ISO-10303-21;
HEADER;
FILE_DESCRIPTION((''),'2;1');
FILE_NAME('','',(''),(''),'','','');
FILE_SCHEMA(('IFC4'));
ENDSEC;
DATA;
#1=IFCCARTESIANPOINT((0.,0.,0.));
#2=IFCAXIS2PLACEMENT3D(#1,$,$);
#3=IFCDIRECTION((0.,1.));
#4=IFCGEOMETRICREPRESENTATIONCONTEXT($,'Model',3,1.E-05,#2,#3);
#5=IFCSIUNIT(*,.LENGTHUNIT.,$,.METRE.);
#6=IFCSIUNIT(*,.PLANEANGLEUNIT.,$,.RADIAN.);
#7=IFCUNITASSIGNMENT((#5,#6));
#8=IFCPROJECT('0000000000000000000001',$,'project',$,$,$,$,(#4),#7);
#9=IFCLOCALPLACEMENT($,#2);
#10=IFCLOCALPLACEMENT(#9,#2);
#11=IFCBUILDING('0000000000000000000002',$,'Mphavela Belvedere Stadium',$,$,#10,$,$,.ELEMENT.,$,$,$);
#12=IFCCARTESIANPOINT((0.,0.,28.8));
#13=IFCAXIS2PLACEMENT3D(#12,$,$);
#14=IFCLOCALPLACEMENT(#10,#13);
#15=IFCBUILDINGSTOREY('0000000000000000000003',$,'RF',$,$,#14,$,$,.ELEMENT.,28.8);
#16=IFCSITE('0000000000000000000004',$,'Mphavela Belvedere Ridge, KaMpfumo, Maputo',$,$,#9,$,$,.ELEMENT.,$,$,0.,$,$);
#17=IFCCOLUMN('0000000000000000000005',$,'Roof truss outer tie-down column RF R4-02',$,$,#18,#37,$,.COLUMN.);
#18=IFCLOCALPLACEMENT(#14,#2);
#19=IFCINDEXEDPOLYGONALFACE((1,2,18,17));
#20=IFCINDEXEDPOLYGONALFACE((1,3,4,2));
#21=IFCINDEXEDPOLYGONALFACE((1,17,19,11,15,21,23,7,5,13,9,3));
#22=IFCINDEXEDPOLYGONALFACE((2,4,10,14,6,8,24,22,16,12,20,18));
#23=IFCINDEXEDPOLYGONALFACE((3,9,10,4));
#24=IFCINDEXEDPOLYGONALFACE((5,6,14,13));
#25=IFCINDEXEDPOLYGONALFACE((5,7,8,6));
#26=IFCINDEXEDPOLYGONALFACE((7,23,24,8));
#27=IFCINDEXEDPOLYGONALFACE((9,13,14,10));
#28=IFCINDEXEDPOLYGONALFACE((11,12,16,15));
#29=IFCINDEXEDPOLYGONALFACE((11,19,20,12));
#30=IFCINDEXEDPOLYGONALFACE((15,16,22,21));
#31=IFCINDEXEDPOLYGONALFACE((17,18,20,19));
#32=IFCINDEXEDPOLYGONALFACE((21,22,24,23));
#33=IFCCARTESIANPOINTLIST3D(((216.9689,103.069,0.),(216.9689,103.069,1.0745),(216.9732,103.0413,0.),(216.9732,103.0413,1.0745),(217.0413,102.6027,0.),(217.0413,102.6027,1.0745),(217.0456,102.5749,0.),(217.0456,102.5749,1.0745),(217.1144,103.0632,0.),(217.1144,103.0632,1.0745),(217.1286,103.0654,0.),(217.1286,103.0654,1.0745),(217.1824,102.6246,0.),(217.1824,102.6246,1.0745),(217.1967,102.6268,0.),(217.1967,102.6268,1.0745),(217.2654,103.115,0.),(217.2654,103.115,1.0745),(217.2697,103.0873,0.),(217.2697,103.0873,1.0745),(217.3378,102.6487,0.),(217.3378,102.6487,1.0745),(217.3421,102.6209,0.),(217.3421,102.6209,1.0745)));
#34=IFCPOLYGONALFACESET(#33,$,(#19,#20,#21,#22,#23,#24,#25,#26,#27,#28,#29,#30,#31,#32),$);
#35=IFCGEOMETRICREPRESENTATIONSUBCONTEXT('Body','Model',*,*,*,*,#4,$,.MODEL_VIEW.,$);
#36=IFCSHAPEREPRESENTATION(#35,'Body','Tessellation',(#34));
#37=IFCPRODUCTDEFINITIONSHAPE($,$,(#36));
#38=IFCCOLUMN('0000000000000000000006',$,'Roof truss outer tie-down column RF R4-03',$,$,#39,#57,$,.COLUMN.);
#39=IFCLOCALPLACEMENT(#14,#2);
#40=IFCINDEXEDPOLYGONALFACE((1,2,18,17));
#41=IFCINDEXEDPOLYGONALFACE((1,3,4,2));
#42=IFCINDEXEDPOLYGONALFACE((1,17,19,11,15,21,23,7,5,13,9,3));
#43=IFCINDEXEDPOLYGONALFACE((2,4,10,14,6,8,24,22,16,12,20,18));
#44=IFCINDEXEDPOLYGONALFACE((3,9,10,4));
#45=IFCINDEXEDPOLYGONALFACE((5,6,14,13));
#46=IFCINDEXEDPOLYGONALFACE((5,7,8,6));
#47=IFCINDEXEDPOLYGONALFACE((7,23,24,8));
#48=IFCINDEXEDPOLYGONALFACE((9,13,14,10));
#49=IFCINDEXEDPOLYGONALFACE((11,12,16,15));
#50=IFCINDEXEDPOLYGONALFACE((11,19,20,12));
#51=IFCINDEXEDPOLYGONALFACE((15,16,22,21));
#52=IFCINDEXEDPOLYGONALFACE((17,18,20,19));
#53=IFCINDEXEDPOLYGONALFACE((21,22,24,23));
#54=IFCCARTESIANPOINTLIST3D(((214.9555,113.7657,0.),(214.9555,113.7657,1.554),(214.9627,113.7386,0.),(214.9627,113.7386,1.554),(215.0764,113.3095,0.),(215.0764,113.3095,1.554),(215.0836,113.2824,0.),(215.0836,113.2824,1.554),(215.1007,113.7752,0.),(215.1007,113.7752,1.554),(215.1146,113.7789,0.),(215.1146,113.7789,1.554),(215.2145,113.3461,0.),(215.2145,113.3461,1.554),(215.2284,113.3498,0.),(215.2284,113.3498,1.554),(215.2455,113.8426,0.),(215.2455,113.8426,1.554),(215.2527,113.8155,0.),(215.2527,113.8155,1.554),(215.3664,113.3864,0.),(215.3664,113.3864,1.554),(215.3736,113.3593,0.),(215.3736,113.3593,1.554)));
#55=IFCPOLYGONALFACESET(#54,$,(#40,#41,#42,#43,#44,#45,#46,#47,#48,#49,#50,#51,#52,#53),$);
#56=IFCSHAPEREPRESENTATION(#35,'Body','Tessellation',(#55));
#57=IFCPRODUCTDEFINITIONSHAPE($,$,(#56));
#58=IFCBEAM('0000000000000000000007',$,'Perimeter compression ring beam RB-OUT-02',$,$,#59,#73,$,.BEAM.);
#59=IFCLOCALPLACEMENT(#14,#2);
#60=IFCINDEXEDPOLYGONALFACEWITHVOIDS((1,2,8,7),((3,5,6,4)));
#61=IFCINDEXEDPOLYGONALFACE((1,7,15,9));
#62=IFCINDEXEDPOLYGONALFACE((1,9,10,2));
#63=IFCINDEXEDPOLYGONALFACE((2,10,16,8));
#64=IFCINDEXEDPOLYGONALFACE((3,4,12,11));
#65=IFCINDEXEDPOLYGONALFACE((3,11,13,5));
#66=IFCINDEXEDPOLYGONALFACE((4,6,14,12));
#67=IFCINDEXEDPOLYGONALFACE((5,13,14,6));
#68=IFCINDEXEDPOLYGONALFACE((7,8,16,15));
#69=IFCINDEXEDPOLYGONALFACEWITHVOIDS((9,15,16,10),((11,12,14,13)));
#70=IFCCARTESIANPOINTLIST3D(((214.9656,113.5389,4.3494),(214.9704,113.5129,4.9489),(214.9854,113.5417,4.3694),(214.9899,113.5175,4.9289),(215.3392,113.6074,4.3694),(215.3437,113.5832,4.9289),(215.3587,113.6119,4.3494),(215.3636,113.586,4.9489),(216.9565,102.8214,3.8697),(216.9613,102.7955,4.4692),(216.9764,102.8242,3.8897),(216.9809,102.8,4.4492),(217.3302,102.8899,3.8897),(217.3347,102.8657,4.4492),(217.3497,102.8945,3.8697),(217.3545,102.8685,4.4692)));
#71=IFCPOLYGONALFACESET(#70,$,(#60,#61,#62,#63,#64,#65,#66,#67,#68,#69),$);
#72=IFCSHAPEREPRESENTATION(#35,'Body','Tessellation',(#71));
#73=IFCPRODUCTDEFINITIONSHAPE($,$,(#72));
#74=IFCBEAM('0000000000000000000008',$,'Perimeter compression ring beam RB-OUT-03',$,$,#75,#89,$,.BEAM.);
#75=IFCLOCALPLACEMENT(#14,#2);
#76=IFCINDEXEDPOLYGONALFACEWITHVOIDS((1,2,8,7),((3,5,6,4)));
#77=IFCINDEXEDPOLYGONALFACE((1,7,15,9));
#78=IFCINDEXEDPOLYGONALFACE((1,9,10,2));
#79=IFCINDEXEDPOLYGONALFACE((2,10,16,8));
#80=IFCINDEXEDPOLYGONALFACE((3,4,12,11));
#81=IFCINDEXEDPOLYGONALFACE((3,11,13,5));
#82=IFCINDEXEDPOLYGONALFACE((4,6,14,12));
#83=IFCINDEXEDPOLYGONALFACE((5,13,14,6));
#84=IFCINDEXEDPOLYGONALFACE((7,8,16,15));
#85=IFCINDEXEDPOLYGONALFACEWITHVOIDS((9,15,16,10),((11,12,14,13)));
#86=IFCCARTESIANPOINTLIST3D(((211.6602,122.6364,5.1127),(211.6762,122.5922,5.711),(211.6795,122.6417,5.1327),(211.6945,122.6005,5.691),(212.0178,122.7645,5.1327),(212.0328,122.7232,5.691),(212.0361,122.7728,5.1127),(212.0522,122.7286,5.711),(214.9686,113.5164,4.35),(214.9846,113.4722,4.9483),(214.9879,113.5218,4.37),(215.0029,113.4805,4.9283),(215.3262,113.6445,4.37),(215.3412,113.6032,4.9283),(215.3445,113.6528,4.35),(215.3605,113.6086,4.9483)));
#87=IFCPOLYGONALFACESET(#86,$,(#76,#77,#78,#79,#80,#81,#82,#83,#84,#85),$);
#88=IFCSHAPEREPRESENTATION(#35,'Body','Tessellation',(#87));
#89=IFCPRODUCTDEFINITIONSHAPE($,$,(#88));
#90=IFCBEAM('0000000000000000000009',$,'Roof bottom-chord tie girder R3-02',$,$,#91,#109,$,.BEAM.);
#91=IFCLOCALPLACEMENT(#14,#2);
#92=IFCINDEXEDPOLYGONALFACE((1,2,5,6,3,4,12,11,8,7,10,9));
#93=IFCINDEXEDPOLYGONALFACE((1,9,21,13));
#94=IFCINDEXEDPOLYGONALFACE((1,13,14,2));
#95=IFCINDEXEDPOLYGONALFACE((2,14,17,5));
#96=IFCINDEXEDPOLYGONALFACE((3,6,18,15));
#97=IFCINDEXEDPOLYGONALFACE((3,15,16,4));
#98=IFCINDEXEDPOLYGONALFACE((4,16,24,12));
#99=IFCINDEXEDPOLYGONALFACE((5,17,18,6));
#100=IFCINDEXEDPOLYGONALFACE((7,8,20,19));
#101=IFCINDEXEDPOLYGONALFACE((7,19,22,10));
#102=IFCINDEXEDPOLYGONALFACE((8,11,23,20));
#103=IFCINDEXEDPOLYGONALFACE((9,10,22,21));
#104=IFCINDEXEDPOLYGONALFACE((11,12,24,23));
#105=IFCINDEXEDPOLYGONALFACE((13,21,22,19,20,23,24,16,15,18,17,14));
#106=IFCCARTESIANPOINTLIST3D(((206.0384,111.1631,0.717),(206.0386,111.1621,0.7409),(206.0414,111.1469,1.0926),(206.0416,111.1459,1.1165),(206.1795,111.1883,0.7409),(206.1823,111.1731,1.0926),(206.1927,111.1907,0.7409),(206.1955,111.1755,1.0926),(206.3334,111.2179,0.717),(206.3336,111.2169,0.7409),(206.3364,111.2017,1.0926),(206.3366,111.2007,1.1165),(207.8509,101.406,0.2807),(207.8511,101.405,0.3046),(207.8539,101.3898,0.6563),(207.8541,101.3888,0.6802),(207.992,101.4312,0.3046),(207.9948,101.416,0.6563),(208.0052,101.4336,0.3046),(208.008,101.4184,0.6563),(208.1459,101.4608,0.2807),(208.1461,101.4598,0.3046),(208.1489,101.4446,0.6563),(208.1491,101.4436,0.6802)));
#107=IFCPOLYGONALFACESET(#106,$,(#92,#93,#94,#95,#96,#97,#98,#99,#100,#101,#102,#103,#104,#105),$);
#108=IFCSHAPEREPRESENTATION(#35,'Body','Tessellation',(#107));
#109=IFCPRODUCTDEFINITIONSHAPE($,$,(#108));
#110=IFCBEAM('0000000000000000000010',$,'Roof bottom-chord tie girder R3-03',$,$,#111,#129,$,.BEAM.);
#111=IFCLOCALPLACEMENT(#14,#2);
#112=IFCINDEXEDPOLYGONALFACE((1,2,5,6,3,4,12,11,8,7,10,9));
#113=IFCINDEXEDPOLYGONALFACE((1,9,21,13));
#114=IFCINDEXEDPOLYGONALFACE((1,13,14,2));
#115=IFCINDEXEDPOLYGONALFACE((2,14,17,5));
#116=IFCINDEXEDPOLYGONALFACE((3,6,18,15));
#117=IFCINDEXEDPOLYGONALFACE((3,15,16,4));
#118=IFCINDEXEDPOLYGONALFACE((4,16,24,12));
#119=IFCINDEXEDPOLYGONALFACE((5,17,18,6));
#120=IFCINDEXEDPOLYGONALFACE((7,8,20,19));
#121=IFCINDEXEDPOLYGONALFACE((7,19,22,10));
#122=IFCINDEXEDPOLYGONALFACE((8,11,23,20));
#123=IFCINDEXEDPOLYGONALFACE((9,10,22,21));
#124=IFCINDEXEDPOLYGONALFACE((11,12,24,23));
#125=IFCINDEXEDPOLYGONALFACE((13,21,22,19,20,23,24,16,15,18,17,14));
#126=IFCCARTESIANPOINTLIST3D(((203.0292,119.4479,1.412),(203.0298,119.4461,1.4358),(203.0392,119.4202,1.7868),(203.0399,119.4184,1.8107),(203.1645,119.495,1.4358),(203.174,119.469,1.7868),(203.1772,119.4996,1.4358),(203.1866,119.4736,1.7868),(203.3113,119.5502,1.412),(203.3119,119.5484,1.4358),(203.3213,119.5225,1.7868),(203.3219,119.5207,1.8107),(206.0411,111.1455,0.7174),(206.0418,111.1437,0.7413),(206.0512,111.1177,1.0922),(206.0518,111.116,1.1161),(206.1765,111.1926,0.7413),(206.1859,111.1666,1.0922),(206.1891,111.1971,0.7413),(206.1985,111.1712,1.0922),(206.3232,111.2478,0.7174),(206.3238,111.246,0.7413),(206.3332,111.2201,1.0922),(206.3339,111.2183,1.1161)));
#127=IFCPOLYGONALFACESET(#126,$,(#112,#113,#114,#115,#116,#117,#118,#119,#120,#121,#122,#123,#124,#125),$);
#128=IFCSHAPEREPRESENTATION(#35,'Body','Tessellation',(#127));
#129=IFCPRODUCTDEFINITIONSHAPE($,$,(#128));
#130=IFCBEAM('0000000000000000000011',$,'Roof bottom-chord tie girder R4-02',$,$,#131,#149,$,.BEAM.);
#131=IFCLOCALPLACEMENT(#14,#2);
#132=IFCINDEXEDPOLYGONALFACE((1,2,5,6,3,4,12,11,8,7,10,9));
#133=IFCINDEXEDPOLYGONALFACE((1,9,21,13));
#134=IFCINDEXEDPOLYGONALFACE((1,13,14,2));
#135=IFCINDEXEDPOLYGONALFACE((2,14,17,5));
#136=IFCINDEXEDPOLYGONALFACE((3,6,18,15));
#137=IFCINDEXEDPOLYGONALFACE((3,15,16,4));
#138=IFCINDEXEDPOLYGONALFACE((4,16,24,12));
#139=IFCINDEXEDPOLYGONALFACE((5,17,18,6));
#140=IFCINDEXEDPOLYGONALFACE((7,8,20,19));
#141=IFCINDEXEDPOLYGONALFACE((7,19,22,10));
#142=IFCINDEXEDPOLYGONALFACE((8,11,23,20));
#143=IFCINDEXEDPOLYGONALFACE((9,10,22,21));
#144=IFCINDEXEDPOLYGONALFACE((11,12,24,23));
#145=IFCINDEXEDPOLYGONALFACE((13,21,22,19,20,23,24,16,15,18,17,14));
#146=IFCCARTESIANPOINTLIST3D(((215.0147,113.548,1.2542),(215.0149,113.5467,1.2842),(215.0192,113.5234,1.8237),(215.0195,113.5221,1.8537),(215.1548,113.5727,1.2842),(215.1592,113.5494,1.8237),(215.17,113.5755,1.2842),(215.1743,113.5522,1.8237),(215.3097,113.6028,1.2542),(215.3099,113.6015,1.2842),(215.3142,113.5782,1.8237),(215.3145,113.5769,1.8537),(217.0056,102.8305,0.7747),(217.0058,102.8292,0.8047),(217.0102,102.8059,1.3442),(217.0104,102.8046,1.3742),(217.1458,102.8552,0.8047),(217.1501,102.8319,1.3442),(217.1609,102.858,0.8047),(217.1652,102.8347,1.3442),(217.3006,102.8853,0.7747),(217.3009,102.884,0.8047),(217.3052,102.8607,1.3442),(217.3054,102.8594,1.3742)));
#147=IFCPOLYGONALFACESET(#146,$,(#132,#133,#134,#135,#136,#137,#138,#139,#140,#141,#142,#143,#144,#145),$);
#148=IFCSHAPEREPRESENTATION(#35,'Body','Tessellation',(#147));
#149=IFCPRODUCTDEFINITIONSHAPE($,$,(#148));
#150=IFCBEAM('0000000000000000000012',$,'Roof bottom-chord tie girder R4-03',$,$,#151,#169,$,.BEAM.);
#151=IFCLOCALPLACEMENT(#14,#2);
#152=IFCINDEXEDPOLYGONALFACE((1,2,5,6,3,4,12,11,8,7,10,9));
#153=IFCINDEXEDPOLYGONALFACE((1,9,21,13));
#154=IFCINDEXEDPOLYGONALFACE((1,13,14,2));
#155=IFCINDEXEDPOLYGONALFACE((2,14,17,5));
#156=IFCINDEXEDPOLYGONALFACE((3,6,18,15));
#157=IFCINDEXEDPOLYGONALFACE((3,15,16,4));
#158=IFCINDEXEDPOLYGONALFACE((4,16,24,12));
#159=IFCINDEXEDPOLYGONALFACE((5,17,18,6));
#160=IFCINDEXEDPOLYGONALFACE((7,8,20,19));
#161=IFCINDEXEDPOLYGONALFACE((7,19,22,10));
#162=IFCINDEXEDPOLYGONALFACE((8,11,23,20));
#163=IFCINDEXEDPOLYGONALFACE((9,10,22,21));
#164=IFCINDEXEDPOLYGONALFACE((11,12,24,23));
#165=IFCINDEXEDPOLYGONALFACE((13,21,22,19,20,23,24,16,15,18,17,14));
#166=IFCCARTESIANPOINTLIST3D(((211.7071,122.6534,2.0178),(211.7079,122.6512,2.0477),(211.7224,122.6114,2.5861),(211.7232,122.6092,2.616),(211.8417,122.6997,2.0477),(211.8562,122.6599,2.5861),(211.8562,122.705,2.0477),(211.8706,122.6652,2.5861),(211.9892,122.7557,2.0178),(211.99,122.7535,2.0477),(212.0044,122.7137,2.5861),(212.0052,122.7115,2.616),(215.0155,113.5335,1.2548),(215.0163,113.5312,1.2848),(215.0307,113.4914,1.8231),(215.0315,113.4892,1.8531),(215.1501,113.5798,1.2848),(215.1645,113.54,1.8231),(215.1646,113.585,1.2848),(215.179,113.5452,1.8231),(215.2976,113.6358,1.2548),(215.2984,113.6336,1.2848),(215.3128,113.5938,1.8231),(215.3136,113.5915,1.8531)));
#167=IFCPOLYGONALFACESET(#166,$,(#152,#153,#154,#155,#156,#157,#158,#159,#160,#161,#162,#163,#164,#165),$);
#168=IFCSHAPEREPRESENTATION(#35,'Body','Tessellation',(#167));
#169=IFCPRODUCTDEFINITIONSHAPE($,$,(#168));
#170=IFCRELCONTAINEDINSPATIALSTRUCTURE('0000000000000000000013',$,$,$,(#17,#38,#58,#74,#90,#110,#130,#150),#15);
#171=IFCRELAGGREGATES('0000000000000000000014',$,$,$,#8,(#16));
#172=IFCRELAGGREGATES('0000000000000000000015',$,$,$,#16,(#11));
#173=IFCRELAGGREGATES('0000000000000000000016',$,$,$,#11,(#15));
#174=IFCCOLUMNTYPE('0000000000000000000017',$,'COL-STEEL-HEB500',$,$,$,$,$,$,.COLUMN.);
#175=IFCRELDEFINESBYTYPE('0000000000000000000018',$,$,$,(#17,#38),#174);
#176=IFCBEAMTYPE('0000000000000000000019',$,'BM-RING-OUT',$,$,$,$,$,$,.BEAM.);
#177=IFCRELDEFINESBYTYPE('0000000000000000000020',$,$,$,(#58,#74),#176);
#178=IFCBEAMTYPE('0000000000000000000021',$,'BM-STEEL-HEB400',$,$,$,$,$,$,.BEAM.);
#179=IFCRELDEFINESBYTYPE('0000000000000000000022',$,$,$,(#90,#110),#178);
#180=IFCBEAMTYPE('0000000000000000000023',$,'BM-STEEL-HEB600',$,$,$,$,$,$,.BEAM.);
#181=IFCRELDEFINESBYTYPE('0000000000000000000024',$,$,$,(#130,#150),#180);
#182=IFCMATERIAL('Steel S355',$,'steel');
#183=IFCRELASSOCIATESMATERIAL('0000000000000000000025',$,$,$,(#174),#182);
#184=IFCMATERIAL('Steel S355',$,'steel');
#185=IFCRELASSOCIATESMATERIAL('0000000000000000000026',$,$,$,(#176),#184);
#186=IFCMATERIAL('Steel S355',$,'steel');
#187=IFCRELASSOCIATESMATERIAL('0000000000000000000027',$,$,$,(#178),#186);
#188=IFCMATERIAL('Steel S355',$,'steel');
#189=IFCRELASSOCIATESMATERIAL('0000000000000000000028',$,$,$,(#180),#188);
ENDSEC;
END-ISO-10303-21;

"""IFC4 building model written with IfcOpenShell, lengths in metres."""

from ifc_helpers import new_model, si_unit, direction, frame, origin, origin_2d, place, context, subcontext, project, spatial, hollow_rectangle, i_section, extrude, material, material_profile, profile_set, type_object, element, save


model = new_model("IFC4")

# Units and contexts
model_context = context("Model", 3, precision=1e-05, world=origin(), true_north=direction((0.0, 1.0)))
body_context = subcontext(model_context, "Body", "Model", "MODEL_VIEW")
ifc_project = project(units=[si_unit("LENGTHUNIT", "METRE"), si_unit("PLANEANGLEUNIT", "RADIAN")], contexts=[model_context])

# Site, building, storey
site_placement = place(None, origin())
site = spatial("IfcSite", under=ifc_project, at=site_placement, Name="Mphavela Belvedere Ridge, KaMpfumo, Maputo", CompositionType="ELEMENT", RefElevation=0.0)
building_placement = place(site_placement, origin())
building = spatial("IfcBuilding", under=site, at=building_placement, Name="Mphavela Belvedere Stadium", CompositionType="ELEMENT")
storey_placement = place(building_placement, frame((0.0, 0.0, 28.8)))
storey = spatial("IfcBuildingStorey", under=building, at=storey_placement, Name="RF", CompositionType="ELEMENT", Elevation=28.8)

# Columns
ifc_material_1 = material(Name="Steel S355", Category="steel")
ifc_material_profile_1 = material_profile(ifc_material_1, i_section(OverallWidth=0.3, OverallDepth=0.5, WebThickness=0.0144, FlangeThickness=0.0281, at=origin_2d()), Name="HEB 500")
ifc_profile_set_1 = profile_set([ifc_material_profile_1], Name="Steel S355")
column_type = type_object("IfcColumnType", Name="COL-STEEL-HEB500", PredefinedType="COLUMN", material=ifc_profile_set_1)
column_1_placement = place(storey_placement, frame((217.1555, 102.845, 0.0), z_axis=(0.0, 0.0, 1.0), x_axis=(0.988175, 0.153331, 0.0)))
element("IfcColumn", 1, at=column_1_placement, inside=storey, type_object=column_type, Name="Roof truss outer tie-down column RF R4-02", PredefinedType="COLUMN", context=body_context, shape_type="SweptSolid", body=[
    extrude(i_section(OverallWidth=0.3, OverallDepth=0.5, WebThickness=0.0144, FlangeThickness=0.0281, at=origin_2d()), origin(), (0.0, 0.0, 1.0), 1.0745),
])
column_2_placement = place(storey_placement, frame((215.1646, 113.5625, 0.0), z_axis=(0.0, 0.0, 1.0), x_axis=(0.9666, 0.256289, 0.0)))
element("IfcColumn", 2, at=column_2_placement, inside=storey, type_object=column_type, Name="Roof truss outer tie-down column RF R4-03", PredefinedType="COLUMN", context=body_context, shape_type="SweptSolid", body=[
    extrude(i_section(OverallWidth=0.3, OverallDepth=0.5, WebThickness=0.0144, FlangeThickness=0.0281, at=origin_2d()), origin(), (0.0, 0.0, 1.0), 1.554),
])

# Beams
ifc_material_2 = material(Name="Steel S355", Category="steel")
ifc_material_profile_2 = material_profile(ifc_material_2, hollow_rectangle(XDim=0.3999, YDim=0.6001, WallThickness=0.02, at=origin_2d()), Name="RHS 600x400x20")
ifc_profile_set_2 = profile_set([ifc_material_profile_2], Name="Steel S355")
beam_type_1 = type_object("IfcBeamType", Name="BM-RING-OUT", PredefinedType="BEAM", material=ifc_profile_set_2)
beam_1_placement = place(storey_placement, frame((217.1555, 102.845, 4.1694), z_axis=(-0.182466, 0.982229, 0.043966), x_axis=(-0.983179, -0.182643, 0.0)))
element("IfcBeam", 3, at=beam_1_placement, inside=storey, type_object=beam_type_1, Name="Perimeter compression ring beam RB-OUT-02", PredefinedType="BEAM", context=body_context, shape_type="SweptSolid", body=[
    extrude(hollow_rectangle(XDim=0.3999, YDim=0.6001, WallThickness=0.02, at=origin_2d()), origin(), (0.0, 0.0, 1.0), 10.9114),
])
beam_2_placement = place(storey_placement, frame((215.1646, 113.5625, 4.6492), z_axis=(-0.339969, 0.937165, 0.078375), x_axis=(-0.940057, -0.341018, 0.0)))
element("IfcBeam", 4, at=beam_2_placement, inside=storey, type_object=beam_type_1, Name="Perimeter compression ring beam RB-OUT-03", PredefinedType="BEAM", context=body_context, shape_type="SweptSolid", body=[
    extrude(hollow_rectangle(XDim=0.3999, YDim=0.6001, WallThickness=0.02, at=origin_2d()), origin(), (0.0, 0.0, 1.0), 9.7314),
])
ifc_material_3 = material(Name="Steel S355", Category="steel")
ifc_material_profile_3 = material_profile(ifc_material_3, i_section(OverallWidth=0.3, OverallDepth=0.3999, WebThickness=0.0134, FlangeThickness=0.0239, at=origin_2d()), Name="HEB 400")
ifc_profile_set_3 = profile_set([ifc_material_profile_3], Name="Steel S355")
beam_type_2 = type_object("IfcBeamType", Name="BM-STEEL-HEB400", PredefinedType="BEAM", material=ifc_profile_set_3)
beam_3_placement = place(storey_placement, frame((208.0, 101.4248, 0.4805), z_axis=(-0.182462, 0.982232, 0.04392), x_axis=(-0.98318, -0.182638, 0.0)))
element("IfcBeam", 5, at=beam_3_placement, inside=storey, type_object=beam_type_2, Name="Roof bottom-chord tie girder R3-02", PredefinedType="BEAM", context=body_context, shape_type="SweptSolid", body=[
    extrude(i_section(OverallWidth=0.3, OverallDepth=0.3999, WebThickness=0.0134, FlangeThickness=0.0239, at=origin_2d()), origin(), (0.0, 0.0, 1.0), 9.9336),
])
beam_4_placement = place(storey_placement, frame((206.1875, 111.1819, 0.9167), z_axis=(-0.339981, 0.937159, 0.078402), x_axis=(-0.940052, -0.341031, 0.0)))
element("IfcBeam", 6, at=beam_4_placement, inside=storey, type_object=beam_type_2, Name="Roof bottom-chord tie girder R3-03", PredefinedType="BEAM", context=body_context, shape_type="SweptSolid", body=[
    extrude(i_section(OverallWidth=0.3, OverallDepth=0.3999, WebThickness=0.0134, FlangeThickness=0.0239, at=origin_2d()), origin(), (0.0, 0.0, 1.0), 8.8591),
])
ifc_material_4 = material(Name="Steel S355", Category="steel")
ifc_material_profile_4 = material_profile(ifc_material_4, i_section(OverallWidth=0.3, OverallDepth=0.6001, WebThickness=0.0154, FlangeThickness=0.03, at=origin_2d()), Name="HEB 600")
ifc_profile_set_4 = profile_set([ifc_material_profile_4], Name="Steel S355")
beam_type_3 = type_object("IfcBeamType", Name="BM-STEEL-HEB600", PredefinedType="BEAM", material=ifc_profile_set_4)
beam_5_placement = place(storey_placement, frame((217.1555, 102.845, 1.0745), z_axis=(-0.182466, 0.98223, 0.043944), x_axis=(-0.983179, -0.182643, 0.0)))
element("IfcBeam", 7, at=beam_5_placement, inside=storey, type_object=beam_type_3, Name="Roof bottom-chord tie girder R4-02", PredefinedType="BEAM", context=body_context, shape_type="SweptSolid", body=[
    extrude(i_section(OverallWidth=0.3, OverallDepth=0.6001, WebThickness=0.0154, FlangeThickness=0.03, at=origin_2d()), origin(), (0.0, 0.0, 1.0), 10.9114),
])
beam_6_placement = place(storey_placement, frame((215.1646, 113.5625, 1.554), z_axis=(-0.339968, 0.937163, 0.0784), x_axis=(-0.940057, -0.341018, 0.0)))
element("IfcBeam", 8, at=beam_6_placement, inside=storey, type_object=beam_type_3, Name="Roof bottom-chord tie girder R4-03", PredefinedType="BEAM", context=body_context, shape_type="SweptSolid", body=[
    extrude(i_section(OverallWidth=0.3, OverallDepth=0.6001, WebThickness=0.0154, FlangeThickness=0.03, at=origin_2d()), origin(), (0.0, 0.0, 1.0), 9.7314),
])

save(model, "model.ifc")
